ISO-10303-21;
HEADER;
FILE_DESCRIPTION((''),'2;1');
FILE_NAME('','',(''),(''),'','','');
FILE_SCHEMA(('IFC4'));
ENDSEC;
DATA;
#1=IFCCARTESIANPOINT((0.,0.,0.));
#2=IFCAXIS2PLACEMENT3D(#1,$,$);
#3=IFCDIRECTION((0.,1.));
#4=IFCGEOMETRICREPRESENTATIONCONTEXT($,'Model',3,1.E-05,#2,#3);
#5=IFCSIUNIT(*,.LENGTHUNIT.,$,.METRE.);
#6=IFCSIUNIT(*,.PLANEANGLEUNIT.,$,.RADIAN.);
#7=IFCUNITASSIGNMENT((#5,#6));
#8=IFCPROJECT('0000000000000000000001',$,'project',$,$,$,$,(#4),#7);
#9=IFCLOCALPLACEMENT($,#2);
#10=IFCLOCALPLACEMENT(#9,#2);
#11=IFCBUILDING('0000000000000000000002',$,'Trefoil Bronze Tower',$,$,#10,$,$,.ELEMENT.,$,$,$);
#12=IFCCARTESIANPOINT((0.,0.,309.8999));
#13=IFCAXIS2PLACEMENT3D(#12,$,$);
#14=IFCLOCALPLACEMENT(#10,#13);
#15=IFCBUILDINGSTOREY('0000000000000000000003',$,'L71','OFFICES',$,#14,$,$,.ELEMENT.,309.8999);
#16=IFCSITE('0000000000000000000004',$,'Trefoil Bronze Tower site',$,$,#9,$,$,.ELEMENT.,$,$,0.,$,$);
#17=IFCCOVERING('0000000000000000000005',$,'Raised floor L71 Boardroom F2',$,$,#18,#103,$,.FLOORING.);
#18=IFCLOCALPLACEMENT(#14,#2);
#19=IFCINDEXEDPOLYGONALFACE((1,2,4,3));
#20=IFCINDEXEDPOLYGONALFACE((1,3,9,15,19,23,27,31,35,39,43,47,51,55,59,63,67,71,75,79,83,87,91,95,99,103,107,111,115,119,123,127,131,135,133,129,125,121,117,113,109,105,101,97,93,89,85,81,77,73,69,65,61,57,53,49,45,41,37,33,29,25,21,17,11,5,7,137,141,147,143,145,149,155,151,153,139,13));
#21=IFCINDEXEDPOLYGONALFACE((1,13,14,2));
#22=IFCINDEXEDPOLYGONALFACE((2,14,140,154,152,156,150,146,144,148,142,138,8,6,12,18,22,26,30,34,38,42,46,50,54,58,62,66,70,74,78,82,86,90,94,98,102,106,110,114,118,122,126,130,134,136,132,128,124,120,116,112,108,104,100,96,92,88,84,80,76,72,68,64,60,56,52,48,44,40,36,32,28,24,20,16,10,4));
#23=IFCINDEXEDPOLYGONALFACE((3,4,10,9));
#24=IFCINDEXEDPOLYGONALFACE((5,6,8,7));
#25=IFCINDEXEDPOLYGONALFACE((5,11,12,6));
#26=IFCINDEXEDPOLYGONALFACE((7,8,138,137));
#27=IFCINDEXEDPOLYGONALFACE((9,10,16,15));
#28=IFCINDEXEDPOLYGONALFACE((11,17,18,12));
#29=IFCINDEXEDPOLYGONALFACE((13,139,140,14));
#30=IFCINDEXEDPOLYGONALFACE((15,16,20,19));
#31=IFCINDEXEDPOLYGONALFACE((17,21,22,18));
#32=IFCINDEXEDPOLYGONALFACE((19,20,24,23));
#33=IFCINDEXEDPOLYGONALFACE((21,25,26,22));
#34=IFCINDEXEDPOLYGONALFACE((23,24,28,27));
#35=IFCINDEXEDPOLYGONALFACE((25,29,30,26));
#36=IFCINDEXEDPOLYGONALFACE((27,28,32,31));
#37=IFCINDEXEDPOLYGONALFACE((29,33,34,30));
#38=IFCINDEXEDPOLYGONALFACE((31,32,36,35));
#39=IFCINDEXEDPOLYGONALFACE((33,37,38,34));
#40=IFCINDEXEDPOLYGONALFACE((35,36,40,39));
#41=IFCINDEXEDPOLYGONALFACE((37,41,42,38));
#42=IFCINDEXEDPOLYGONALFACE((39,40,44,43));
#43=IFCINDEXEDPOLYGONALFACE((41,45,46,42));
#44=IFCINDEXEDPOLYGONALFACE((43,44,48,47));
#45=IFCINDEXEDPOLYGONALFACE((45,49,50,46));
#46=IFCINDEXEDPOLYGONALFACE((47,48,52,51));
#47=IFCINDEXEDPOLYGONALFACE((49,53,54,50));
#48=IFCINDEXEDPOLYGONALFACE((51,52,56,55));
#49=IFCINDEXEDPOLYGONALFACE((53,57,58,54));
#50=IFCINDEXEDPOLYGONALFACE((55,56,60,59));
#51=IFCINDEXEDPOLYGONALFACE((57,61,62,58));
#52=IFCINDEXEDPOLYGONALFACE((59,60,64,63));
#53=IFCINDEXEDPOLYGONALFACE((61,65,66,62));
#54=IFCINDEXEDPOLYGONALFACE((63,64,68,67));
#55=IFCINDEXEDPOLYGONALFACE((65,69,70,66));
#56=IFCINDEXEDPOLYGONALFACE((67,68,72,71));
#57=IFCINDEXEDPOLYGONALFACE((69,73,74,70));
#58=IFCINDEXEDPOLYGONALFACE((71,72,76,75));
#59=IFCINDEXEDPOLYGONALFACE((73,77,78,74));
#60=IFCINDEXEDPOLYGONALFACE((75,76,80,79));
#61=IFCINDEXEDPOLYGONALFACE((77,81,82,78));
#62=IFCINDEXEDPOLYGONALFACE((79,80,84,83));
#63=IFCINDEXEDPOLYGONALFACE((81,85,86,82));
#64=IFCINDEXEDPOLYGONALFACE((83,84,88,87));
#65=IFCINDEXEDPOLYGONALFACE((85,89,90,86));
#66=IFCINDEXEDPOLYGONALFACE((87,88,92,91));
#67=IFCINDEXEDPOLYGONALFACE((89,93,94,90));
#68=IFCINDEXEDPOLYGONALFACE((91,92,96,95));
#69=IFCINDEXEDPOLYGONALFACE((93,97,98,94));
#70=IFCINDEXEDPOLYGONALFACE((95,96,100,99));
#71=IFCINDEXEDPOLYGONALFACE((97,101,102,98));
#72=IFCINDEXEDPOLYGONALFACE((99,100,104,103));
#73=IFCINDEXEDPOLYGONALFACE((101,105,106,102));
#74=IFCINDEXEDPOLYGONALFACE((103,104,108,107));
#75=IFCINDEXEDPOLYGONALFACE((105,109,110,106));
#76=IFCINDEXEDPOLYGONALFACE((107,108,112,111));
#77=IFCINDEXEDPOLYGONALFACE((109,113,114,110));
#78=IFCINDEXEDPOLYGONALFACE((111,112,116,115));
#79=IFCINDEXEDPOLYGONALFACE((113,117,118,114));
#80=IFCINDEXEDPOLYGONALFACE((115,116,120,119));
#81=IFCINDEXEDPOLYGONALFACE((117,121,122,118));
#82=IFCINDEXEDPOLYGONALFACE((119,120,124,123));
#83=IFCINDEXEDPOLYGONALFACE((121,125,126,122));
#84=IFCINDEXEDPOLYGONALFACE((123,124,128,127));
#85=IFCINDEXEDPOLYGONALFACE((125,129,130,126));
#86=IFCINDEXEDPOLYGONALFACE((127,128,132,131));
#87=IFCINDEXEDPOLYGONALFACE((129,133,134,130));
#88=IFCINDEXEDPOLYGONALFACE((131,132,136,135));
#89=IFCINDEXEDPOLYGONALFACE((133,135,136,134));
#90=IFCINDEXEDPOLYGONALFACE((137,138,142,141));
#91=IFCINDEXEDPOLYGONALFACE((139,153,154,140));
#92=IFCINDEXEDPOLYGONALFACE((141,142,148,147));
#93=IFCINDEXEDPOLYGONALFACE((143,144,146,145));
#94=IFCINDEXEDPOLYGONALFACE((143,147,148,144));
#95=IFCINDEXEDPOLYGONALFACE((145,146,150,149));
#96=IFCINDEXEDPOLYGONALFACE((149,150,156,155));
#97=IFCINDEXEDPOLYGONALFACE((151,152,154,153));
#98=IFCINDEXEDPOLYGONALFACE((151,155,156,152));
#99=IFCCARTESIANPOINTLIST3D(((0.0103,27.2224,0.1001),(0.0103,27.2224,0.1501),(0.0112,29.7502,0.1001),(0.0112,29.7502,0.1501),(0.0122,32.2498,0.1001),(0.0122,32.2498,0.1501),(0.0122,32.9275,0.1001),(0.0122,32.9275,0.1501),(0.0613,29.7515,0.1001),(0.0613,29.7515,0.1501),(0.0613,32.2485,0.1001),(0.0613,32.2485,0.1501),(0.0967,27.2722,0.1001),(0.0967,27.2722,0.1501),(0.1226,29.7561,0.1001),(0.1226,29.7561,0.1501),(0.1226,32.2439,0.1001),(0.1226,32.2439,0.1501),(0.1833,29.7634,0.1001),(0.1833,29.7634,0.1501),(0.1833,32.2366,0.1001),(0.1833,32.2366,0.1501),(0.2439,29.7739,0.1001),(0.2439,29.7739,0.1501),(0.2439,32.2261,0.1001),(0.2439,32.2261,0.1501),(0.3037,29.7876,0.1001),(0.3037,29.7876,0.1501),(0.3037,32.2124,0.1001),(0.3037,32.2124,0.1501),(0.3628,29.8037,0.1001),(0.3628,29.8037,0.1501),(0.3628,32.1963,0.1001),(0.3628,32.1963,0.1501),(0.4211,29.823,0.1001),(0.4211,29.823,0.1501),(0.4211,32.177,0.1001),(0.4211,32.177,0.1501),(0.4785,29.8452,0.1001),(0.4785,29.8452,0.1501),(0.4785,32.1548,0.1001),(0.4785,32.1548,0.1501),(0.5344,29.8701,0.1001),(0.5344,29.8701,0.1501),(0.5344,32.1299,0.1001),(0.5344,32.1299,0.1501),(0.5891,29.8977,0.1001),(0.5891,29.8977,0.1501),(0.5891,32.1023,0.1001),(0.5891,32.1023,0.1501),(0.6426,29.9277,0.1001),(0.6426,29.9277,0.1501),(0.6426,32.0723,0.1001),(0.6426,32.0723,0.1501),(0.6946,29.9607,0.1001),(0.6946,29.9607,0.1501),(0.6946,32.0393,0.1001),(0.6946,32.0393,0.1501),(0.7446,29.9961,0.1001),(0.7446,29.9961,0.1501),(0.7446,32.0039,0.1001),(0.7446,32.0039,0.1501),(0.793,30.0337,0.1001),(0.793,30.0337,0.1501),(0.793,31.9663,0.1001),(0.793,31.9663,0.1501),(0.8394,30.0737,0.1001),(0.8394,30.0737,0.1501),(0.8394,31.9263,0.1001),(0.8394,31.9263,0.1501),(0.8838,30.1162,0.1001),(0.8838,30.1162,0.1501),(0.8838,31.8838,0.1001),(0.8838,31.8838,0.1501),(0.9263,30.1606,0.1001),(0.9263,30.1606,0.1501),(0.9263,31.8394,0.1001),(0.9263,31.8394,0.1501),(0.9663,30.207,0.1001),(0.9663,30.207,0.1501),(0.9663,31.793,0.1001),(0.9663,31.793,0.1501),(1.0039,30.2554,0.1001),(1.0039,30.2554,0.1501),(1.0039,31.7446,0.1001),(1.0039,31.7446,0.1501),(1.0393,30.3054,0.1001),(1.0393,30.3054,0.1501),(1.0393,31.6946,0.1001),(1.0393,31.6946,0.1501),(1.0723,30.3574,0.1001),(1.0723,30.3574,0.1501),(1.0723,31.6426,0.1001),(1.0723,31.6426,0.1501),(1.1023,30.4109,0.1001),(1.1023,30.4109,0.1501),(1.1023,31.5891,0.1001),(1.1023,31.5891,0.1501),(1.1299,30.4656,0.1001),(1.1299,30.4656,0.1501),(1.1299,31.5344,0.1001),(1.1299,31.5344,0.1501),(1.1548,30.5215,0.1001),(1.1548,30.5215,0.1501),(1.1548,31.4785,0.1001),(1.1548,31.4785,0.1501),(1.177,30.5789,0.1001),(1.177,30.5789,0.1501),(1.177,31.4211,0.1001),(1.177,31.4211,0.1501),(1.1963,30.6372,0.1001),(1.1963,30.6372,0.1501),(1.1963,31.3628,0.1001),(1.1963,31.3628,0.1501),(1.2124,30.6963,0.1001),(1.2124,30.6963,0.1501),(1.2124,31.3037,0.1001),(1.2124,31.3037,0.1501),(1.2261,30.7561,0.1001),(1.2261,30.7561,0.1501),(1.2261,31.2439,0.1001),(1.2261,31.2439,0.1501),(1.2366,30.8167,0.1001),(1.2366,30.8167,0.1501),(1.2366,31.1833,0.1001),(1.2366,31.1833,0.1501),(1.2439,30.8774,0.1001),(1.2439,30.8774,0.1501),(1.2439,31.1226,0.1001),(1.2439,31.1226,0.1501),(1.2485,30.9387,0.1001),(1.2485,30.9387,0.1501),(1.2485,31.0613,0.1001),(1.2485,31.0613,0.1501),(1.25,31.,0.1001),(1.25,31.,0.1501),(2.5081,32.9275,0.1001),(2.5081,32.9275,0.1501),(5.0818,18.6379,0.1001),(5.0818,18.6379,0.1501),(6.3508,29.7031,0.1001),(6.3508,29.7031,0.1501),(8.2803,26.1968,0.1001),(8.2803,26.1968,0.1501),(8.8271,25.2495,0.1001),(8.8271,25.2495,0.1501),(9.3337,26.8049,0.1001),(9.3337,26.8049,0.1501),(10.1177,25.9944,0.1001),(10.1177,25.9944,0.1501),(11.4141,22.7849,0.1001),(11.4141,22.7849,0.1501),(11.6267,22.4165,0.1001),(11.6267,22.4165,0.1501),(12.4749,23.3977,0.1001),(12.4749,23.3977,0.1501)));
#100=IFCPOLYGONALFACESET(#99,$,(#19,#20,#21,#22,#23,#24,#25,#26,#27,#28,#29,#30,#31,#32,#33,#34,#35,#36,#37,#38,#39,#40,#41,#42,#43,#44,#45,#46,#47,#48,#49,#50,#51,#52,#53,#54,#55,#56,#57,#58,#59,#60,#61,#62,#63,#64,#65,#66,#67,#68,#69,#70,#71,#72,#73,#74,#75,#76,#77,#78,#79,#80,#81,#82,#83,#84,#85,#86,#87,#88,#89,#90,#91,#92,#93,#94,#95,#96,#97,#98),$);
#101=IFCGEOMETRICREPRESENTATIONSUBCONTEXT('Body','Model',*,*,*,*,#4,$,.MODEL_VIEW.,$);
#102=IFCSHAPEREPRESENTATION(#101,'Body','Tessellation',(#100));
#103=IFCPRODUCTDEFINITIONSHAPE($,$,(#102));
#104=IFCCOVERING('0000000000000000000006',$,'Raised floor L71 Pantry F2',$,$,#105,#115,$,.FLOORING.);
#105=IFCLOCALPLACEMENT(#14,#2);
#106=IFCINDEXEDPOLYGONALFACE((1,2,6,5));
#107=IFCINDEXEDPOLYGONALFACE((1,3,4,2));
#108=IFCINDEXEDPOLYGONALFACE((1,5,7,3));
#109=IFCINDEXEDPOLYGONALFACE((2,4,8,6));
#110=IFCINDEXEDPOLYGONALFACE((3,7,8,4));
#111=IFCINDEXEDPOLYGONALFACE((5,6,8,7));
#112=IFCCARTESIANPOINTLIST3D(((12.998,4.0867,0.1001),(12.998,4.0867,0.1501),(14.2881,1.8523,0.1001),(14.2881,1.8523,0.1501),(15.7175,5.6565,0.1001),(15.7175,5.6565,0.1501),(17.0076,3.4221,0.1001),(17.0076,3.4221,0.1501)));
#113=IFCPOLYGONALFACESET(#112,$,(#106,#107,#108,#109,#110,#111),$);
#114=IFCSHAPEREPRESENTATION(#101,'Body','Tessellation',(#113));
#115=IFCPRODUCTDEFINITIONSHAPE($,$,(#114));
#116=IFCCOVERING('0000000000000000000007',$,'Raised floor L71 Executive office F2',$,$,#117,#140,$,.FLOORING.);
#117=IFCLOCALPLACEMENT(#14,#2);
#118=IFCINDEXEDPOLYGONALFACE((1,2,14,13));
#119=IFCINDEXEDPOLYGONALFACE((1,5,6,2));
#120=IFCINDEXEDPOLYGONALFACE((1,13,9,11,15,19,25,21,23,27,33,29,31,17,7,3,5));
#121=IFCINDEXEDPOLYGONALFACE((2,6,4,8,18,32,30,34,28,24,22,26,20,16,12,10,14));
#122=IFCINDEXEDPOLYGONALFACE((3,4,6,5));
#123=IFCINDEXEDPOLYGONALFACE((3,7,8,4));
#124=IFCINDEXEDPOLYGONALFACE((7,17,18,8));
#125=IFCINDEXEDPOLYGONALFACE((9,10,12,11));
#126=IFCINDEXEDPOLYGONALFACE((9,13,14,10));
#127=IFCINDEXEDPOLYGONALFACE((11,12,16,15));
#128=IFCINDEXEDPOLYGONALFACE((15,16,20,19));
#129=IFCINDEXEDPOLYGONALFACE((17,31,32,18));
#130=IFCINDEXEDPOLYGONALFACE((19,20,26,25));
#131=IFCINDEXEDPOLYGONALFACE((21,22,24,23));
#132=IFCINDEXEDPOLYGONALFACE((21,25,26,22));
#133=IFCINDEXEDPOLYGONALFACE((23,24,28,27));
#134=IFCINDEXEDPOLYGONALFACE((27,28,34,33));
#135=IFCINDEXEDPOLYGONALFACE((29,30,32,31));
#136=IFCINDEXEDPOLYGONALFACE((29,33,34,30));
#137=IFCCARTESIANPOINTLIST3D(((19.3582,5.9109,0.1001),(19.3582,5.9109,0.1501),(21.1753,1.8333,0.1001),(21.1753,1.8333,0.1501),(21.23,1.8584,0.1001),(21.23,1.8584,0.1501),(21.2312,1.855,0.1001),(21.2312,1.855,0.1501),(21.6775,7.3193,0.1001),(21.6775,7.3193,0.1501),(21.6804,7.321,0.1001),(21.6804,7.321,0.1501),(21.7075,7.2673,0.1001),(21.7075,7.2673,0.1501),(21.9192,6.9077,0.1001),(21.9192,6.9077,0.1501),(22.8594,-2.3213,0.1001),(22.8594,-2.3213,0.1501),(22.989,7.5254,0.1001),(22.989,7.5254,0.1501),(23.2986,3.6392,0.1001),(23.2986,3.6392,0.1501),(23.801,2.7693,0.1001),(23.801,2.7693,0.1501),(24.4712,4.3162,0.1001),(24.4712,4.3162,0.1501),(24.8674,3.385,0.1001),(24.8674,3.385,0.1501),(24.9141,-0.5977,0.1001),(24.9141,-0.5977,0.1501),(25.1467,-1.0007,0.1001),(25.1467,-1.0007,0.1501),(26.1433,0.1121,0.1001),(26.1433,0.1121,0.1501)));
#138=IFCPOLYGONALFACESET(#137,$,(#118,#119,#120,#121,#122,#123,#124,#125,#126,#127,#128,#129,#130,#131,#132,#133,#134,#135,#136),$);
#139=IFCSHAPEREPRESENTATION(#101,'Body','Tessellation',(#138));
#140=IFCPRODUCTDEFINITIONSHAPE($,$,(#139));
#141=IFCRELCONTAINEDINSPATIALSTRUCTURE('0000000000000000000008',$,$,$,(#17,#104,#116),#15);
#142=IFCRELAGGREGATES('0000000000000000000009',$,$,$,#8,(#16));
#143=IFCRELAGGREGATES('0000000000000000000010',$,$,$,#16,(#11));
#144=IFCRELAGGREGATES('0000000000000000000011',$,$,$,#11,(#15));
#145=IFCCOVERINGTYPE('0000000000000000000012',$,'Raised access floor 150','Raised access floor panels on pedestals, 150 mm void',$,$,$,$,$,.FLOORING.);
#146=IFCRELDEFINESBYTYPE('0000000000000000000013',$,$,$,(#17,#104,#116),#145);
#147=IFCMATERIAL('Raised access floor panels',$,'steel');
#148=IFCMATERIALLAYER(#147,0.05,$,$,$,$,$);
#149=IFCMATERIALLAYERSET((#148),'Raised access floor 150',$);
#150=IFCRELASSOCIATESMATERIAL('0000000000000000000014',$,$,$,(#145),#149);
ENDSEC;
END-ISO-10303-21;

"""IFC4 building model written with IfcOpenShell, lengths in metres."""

from ifc_helpers import new_model, si_unit, direction, frame, origin, place, context, subcontext, project, spatial, polyline, outline, extrude, material, layer, layer_set, type_object, element, save


model = new_model("IFC4")

# Units and contexts
model_context = context("Model", 3, precision=1e-05, world=origin(), true_north=direction((0.0, 1.0)))
body_context = subcontext(model_context, "Body", "Model", "MODEL_VIEW")
ifc_project = project(units=[si_unit("LENGTHUNIT", "METRE"), si_unit("PLANEANGLEUNIT", "RADIAN")], contexts=[model_context])

# Site, building, storey
site_placement = place(None, origin())
site = spatial("IfcSite", under=ifc_project, at=site_placement, Name="Trefoil Bronze Tower site", CompositionType="ELEMENT", RefElevation=0.0)
building_placement = place(site_placement, origin())
building = spatial("IfcBuilding", under=site, at=building_placement, Name="Trefoil Bronze Tower", CompositionType="ELEMENT")
storey_placement = place(building_placement, frame((0.0, 0.0, 309.8999)))
storey = spatial("IfcBuildingStorey", under=building, at=storey_placement, Name="L71", Description="OFFICES", CompositionType="ELEMENT", Elevation=309.8999)

# Coverings
ifc_material_1 = material(Name="Raised access floor panels", Category="steel")
ifc_layer_1 = layer(ifc_material_1, 0.05)
ifc_layer_set_1 = layer_set([ifc_layer_1], Name="Raised access floor 150")
covering_type_1 = type_object("IfcCoveringType", Name="Raised access floor 150", Description="Raised access floor panels on pedestals, 150 mm void", PredefinedType="FLOORING", material=ifc_layer_set_1)
covering_1_placement = place(storey_placement, frame((0.0, 0.0, 0.1001)))
element("IfcCovering", 1, at=covering_1_placement, inside=storey, type_object=covering_type_1, Name="Raised floor L71 Boardroom F2", PredefinedType="FLOORING", context=body_context, shape_type="SweptSolid", body=[
    extrude(outline(polyline([(2.5081, 32.9275), (6.3508, 29.7031), (9.3337, 26.8049), (8.2803, 26.1968), (8.8271, 25.2495), (10.1177, 25.9944), (12.4749, 23.3977), (11.4141, 22.7849), (11.6267, 22.4165), (5.0818, 18.6379), (0.0967, 27.2722), (0.0103, 27.2224), (0.0112, 29.7502), (0.0613, 29.7515), (0.1226, 29.7561), (0.1833, 29.7634), (0.2439, 29.7739), (0.3037, 29.7876), (0.3628, 29.8037), (0.4211, 29.823), (0.4785, 29.8452), (0.5344, 29.8701), (0.5891, 29.8977), (0.6426, 29.9277), (0.6946, 29.9607), (0.7446, 29.9961), (0.793, 30.0337), (0.8394, 30.0737), (0.8838, 30.1162), (0.9263, 30.1606), (0.9663, 30.207), (1.0039, 30.2554), (1.0393, 30.3054), (1.0723, 30.3574), (1.1023, 30.4109), (1.1299, 30.4656), (1.1548, 30.5215), (1.177, 30.5789), (1.1963, 30.6372), (1.2124, 30.6963), (1.2261, 30.7561), (1.2366, 30.8167), (1.2439, 30.8774), (1.2485, 30.9387), (1.25, 31.0), (1.2485, 31.0613), (1.2439, 31.1226), (1.2366, 31.1833), (1.2261, 31.2439), (1.2124, 31.3037), (1.1963, 31.3628), (1.177, 31.4211), (1.1548, 31.4785), (1.1299, 31.5344), (1.1023, 31.5891), (1.0723, 31.6426), (1.0393, 31.6946), (1.0039, 31.7446), (0.9663, 31.793), (0.9263, 31.8394), (0.8838, 31.8838), (0.8394, 31.9263), (0.793, 31.9663), (0.7446, 32.0039), (0.6946, 32.0393), (0.6426, 32.0723), (0.5891, 32.1023), (0.5344, 32.1299), (0.4785, 32.1548), (0.4211, 32.177), (0.3628, 32.1963), (0.3037, 32.2124), (0.2439, 32.2261), (0.1833, 32.2366), (0.1226, 32.2439), (0.0613, 32.2485), (0.0122, 32.2498), (0.0122, 32.9275), (2.5081, 32.9275)])), origin(), (0.0, 0.0, 1.0), 0.05),
])
covering_2_placement = place(storey_placement, frame((0.0, 0.0, 0.1001)))
element("IfcCovering", 2, at=covering_2_placement, inside=storey, type_object=covering_type_1, Name="Raised floor L71 Pantry F2", PredefinedType="FLOORING", context=body_context, shape_type="SweptSolid", body=[
    extrude(outline(polyline([(12.998, 4.0867), (15.7175, 5.6565), (17.0076, 3.4221), (14.2881, 1.8523), (12.998, 4.0867)])), origin(), (0.0, 0.0, 1.0), 0.05),
])
covering_3_placement = place(storey_placement, frame((0.0, 0.0, 0.1001)))
element("IfcCovering", 3, at=covering_3_placement, inside=storey, type_object=covering_type_1, Name="Raised floor L71 Executive office F2", PredefinedType="FLOORING", context=body_context, shape_type="SweptSolid", body=[
    extrude(outline(polyline([(24.4712, 4.3162), (23.2986, 3.6392), (23.801, 2.7693), (24.8674, 3.385), (26.1433, 0.1121), (24.9141, -0.5977), (25.1467, -1.0007), (22.8594, -2.3213), (21.2312, 1.855), (21.1753, 1.8333), (21.23, 1.8584), (19.3582, 5.9109), (21.7075, 7.2673), (21.6775, 7.3193), (21.6804, 7.321), (21.9192, 6.9077), (22.989, 7.5254), (24.4712, 4.3162)])), origin(), (0.0, 0.0, 1.0), 0.05),
])

save(model, "model.ifc")
